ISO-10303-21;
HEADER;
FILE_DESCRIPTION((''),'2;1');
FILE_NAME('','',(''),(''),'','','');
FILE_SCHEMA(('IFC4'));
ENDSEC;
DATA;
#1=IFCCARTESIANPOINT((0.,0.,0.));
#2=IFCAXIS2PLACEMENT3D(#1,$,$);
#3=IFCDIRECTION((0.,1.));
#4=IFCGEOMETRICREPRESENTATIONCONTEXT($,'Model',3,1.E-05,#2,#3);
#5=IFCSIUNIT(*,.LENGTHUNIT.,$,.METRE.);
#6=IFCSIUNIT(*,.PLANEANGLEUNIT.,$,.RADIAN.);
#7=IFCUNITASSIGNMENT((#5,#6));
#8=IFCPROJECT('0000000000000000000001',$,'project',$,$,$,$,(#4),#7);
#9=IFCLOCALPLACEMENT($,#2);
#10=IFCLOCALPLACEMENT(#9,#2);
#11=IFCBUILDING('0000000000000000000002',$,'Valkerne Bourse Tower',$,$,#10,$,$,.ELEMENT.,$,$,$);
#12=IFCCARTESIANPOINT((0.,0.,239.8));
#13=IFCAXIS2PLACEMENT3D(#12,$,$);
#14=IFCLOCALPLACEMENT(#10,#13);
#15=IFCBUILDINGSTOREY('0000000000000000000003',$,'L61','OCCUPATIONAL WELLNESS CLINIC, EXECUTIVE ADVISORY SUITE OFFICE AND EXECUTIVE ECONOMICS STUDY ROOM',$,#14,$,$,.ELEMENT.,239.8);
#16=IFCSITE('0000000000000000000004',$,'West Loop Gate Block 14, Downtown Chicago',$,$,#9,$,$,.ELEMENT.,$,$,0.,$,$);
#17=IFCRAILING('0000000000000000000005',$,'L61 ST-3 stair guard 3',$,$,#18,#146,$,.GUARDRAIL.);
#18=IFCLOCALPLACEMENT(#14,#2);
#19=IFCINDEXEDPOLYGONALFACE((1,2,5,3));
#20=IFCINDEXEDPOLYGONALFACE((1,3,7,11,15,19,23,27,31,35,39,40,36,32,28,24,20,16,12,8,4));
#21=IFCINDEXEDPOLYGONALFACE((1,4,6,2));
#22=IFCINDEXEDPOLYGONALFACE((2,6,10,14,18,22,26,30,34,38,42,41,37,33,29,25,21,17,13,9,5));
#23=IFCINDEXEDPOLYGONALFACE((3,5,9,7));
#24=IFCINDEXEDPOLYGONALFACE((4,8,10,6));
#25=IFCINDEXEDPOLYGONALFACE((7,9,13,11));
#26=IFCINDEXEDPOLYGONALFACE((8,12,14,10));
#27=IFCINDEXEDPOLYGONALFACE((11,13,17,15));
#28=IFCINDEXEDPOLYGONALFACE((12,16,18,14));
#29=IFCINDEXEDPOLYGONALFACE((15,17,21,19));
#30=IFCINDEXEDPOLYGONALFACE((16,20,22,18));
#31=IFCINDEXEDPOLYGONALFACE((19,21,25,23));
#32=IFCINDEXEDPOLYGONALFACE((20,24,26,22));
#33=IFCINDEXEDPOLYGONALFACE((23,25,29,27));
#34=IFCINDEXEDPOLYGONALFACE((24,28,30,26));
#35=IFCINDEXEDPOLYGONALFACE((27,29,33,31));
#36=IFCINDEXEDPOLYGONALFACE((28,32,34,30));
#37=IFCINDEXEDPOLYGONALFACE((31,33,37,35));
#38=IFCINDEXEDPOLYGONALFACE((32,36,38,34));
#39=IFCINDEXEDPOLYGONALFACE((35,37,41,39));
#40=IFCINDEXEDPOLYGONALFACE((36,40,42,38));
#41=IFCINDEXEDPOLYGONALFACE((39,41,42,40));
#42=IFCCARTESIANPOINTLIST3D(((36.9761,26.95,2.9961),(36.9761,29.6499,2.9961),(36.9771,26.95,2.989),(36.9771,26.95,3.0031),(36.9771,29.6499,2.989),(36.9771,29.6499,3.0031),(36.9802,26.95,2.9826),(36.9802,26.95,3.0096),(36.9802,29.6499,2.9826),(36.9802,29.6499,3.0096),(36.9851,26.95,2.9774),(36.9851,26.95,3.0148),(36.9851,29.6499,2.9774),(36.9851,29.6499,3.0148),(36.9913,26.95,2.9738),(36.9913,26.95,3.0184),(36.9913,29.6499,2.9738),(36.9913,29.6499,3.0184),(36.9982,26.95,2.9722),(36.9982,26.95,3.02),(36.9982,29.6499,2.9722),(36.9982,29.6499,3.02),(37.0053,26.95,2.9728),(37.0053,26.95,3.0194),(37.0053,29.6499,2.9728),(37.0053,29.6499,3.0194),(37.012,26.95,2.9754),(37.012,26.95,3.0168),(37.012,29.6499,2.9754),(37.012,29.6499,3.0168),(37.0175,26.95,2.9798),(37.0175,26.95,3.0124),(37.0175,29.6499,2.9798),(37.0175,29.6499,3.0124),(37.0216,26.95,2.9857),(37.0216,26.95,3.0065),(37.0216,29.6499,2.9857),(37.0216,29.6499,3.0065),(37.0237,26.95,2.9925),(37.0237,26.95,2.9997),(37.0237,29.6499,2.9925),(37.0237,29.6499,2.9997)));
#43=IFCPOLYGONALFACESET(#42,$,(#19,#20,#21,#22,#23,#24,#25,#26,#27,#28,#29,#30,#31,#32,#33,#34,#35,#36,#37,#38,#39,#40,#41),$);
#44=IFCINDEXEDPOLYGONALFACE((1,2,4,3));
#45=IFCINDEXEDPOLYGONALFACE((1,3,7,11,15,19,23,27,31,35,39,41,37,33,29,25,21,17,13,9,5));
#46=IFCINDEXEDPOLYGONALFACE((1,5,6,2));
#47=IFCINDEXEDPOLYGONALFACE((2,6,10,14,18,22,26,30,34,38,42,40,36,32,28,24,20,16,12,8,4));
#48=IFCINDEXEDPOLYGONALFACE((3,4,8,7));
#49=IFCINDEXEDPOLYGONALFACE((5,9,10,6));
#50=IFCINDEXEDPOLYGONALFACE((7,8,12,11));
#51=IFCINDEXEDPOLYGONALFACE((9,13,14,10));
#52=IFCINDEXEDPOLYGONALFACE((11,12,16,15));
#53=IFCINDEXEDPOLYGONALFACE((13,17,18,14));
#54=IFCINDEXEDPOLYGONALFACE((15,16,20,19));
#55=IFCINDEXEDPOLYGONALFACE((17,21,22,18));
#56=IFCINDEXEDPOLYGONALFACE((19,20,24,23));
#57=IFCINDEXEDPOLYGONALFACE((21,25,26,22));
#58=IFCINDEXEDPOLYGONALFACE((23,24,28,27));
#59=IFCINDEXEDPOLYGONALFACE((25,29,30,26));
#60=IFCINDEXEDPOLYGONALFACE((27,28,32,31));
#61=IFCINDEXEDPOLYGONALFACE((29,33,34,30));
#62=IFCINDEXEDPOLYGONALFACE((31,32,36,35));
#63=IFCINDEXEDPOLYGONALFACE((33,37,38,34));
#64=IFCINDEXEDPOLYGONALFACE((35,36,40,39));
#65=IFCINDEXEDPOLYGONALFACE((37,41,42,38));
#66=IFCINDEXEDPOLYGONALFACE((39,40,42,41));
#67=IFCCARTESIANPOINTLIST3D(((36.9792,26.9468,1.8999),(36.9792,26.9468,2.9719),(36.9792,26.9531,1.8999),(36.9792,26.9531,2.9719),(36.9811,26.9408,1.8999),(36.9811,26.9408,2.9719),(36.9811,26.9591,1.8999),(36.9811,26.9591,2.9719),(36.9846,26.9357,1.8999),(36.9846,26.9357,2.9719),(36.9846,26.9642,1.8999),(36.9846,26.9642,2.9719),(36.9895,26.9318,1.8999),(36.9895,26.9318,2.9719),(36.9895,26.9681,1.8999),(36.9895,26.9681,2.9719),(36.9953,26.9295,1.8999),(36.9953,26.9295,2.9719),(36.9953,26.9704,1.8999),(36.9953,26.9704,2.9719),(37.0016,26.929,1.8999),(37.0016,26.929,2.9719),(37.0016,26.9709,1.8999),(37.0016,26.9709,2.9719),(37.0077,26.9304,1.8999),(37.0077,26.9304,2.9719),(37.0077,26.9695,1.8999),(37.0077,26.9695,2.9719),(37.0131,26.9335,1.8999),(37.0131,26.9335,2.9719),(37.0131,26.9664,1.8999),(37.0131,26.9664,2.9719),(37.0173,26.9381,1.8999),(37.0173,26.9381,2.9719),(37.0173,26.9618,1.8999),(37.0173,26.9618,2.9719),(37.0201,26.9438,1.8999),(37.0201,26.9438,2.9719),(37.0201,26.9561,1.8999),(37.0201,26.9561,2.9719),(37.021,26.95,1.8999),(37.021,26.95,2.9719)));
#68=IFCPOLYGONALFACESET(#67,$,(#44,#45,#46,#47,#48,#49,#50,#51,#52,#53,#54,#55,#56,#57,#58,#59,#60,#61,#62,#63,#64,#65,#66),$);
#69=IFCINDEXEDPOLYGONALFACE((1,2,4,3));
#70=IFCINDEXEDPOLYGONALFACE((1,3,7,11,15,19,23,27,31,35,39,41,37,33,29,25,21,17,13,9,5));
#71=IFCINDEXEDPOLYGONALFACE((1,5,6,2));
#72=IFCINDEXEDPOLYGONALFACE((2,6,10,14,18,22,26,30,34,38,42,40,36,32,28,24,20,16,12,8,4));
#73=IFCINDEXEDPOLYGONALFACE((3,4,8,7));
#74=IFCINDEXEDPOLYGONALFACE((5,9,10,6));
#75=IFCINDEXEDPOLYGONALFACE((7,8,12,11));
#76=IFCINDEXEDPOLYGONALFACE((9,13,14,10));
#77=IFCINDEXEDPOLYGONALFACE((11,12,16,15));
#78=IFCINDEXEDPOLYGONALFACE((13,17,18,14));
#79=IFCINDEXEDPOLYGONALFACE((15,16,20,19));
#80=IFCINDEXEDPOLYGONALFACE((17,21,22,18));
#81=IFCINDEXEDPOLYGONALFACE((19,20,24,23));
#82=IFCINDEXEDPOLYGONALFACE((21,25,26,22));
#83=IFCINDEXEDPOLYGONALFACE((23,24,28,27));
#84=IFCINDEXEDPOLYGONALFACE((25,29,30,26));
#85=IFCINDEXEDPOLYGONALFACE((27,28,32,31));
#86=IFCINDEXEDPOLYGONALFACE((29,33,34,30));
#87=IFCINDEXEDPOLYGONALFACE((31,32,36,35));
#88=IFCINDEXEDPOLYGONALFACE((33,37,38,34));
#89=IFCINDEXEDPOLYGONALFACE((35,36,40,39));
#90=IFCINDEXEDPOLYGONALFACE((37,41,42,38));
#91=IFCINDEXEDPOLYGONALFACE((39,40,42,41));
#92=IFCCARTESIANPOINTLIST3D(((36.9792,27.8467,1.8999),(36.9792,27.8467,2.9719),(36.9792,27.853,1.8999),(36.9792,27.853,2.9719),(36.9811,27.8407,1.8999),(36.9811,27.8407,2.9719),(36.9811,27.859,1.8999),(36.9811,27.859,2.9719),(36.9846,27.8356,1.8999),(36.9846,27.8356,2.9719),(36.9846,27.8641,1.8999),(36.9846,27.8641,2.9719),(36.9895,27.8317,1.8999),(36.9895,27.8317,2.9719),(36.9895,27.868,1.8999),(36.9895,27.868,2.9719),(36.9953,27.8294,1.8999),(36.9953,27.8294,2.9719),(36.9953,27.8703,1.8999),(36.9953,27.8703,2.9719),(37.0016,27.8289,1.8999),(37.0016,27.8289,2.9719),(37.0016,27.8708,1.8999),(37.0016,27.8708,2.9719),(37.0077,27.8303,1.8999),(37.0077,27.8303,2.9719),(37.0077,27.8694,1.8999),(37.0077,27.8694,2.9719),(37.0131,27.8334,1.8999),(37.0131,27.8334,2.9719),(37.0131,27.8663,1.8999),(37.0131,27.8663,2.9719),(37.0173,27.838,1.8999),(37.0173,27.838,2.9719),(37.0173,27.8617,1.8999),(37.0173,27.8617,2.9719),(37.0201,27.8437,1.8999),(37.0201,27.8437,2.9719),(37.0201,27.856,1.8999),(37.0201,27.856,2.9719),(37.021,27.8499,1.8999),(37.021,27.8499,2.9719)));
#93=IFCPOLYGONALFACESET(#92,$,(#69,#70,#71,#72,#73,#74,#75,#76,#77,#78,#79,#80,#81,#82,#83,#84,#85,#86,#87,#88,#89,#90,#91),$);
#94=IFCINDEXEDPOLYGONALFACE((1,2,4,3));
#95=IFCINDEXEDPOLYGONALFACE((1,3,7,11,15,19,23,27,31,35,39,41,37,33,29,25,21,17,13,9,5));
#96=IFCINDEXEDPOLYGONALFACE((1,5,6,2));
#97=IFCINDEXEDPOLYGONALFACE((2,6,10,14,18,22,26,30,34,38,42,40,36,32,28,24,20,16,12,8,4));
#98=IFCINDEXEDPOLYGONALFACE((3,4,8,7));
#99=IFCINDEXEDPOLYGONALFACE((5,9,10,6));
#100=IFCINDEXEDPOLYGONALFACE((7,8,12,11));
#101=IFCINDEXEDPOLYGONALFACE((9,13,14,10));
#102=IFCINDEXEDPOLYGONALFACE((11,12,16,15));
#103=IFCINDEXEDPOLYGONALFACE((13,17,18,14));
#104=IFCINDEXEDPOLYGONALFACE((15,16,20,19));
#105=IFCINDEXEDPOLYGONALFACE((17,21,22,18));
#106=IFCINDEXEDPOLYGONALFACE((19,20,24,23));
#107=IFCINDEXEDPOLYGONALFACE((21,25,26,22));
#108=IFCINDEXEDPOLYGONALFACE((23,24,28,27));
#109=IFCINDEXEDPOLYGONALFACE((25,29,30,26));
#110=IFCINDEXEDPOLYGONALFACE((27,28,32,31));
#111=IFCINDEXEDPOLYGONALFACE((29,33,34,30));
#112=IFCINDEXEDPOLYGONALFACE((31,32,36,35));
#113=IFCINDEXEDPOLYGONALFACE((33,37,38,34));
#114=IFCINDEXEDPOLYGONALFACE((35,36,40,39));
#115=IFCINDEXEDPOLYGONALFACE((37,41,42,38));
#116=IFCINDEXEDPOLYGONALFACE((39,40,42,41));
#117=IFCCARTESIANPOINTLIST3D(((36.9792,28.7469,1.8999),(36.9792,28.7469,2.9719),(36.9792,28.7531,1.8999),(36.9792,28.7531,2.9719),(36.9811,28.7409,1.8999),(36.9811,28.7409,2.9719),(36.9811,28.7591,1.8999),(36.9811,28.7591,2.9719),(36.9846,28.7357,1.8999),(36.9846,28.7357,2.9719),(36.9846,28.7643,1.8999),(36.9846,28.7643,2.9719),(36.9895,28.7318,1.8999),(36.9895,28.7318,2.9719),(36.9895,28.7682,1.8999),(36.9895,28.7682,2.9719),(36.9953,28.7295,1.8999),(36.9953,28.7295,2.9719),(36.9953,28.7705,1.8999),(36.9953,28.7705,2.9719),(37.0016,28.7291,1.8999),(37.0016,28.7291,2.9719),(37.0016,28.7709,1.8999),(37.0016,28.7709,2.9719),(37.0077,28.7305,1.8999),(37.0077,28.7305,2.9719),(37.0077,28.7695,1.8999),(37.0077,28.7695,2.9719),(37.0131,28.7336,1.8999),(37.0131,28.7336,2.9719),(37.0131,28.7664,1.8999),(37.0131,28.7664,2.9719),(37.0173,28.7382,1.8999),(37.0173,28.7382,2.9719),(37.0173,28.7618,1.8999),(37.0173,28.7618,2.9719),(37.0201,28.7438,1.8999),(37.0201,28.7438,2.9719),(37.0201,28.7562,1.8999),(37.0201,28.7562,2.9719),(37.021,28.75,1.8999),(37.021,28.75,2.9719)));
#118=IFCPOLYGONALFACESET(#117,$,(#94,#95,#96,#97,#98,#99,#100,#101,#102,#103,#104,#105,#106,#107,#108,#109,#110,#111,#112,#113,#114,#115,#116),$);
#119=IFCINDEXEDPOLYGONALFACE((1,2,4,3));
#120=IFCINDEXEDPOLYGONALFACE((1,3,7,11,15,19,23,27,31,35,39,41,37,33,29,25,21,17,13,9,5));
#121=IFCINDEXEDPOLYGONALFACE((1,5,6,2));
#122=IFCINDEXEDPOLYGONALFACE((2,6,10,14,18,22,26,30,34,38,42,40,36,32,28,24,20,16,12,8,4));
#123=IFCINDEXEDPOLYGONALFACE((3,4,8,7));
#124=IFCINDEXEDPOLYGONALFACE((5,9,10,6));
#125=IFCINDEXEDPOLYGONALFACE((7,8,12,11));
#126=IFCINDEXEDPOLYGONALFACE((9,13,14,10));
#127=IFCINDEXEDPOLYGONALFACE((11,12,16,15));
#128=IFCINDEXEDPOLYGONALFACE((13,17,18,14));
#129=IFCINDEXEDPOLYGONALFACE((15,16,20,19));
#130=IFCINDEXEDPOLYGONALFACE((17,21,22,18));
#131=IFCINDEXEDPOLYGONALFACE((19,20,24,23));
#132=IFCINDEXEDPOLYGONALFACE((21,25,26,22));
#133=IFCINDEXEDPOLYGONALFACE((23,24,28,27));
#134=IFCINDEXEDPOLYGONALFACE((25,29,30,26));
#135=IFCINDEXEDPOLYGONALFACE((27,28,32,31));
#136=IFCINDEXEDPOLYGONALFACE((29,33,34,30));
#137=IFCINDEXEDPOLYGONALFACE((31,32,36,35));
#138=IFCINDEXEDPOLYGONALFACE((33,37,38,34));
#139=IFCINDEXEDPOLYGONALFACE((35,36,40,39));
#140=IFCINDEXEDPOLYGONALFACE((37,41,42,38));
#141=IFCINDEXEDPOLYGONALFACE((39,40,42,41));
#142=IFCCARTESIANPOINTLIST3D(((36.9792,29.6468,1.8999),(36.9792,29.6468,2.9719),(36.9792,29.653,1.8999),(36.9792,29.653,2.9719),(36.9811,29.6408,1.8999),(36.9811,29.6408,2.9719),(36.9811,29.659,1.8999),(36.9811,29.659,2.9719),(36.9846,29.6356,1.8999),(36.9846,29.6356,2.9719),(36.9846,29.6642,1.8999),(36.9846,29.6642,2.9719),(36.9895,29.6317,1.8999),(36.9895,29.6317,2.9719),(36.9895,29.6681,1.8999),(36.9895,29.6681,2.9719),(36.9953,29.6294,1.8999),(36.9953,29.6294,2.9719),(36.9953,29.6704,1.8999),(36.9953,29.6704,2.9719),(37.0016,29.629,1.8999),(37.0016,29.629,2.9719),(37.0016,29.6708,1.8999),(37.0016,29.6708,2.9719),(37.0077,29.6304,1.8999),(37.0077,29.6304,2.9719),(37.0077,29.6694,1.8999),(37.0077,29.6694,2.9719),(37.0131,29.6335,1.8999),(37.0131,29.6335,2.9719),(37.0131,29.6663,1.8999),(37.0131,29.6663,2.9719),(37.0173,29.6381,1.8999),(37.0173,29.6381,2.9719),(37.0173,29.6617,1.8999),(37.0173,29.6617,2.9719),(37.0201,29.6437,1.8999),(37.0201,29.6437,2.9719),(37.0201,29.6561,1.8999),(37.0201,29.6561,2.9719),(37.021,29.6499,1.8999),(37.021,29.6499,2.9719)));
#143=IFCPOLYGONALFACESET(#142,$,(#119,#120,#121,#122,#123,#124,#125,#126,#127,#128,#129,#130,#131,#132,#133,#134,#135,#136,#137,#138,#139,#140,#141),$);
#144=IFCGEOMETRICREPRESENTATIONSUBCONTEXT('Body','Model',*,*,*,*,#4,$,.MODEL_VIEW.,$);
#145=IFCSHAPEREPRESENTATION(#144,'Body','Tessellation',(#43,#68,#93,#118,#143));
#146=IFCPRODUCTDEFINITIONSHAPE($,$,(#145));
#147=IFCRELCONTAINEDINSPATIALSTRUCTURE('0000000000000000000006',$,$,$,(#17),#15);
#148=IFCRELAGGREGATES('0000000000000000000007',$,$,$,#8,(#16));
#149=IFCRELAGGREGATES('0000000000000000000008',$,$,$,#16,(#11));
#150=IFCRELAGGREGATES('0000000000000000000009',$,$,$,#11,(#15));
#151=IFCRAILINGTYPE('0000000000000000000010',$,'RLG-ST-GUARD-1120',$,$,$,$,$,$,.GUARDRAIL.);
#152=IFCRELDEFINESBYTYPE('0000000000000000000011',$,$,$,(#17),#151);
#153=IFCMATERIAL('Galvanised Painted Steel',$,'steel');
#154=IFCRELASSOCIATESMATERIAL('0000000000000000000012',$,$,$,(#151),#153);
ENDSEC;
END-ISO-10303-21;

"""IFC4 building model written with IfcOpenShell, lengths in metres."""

from ifc_helpers import new_model, si_unit, direction, frame, origin, origin_2d, place, context, subcontext, project, spatial, circle, extrude, material, type_object, element, save


model = new_model("IFC4")

# Units and contexts
model_context = context("Model", 3, precision=1e-05, world=origin(), true_north=direction((0.0, 1.0)))
body_context = subcontext(model_context, "Body", "Model", "MODEL_VIEW")
ifc_project = project(units=[si_unit("LENGTHUNIT", "METRE"), si_unit("PLANEANGLEUNIT", "RADIAN")], contexts=[model_context])

# Site, building, storey
site_placement = place(None, origin())
site = spatial("IfcSite", under=ifc_project, at=site_placement, Name="West Loop Gate Block 14, Downtown Chicago", CompositionType="ELEMENT", RefElevation=0.0)
building_placement = place(site_placement, origin())
building = spatial("IfcBuilding", under=site, at=building_placement, Name="Valkerne Bourse Tower", CompositionType="ELEMENT")
storey_placement = place(building_placement, frame((0.0, 0.0, 239.8)))
storey = spatial("IfcBuildingStorey", under=building, at=storey_placement, Name="L61", Description="OCCUPATIONAL WELLNESS CLINIC, EXECUTIVE ADVISORY SUITE OFFICE AND EXECUTIVE ECONOMICS STUDY ROOM", CompositionType="ELEMENT", Elevation=239.8)

# Railing
ifc_material_1 = material(Name="Galvanised Painted Steel", Category="steel")
railing_type_1 = type_object("IfcRailingType", Name="RLG-ST-GUARD-1120", PredefinedType="GUARDRAIL", material=ifc_material_1)
for number, where, name in (
    (1, (37.0, 26.95, 1.8999), "L61 ST-3 stair guard 3"),
):
    element("IfcRailing", number, at=place(storey_placement, frame(where)), inside=storey, type_object=railing_type_1, Name=name, PredefinedType="GUARDRAIL", context=body_context, shape_type="SweptSolid", body=[
        extrude(circle(Radius=0.0239, at=origin_2d()), frame((0.0, 0.0, 1.0962), z_axis=(0.0, 1.0, 0.0), x_axis=(-1.0, 0.0, 0.0)), (0.0, 0.0, 1.0), 2.7),
        extrude(circle(Radius=0.021, at=origin_2d()), origin(), (0.0, 0.0, 1.0), 1.072),
        extrude(circle(Radius=0.021, at=origin_2d()), frame((0.0, 0.8999, 0.0)), (0.0, 0.0, 1.0), 1.072),
        extrude(circle(Radius=0.021, at=origin_2d()), frame((0.0, 1.8, 0.0)), (0.0, 0.0, 1.0), 1.072),
        extrude(circle(Radius=0.021, at=origin_2d()), frame((0.0, 2.7, 0.0)), (0.0, 0.0, 1.0), 1.072),
    ])

save(model, "model.ifc")
